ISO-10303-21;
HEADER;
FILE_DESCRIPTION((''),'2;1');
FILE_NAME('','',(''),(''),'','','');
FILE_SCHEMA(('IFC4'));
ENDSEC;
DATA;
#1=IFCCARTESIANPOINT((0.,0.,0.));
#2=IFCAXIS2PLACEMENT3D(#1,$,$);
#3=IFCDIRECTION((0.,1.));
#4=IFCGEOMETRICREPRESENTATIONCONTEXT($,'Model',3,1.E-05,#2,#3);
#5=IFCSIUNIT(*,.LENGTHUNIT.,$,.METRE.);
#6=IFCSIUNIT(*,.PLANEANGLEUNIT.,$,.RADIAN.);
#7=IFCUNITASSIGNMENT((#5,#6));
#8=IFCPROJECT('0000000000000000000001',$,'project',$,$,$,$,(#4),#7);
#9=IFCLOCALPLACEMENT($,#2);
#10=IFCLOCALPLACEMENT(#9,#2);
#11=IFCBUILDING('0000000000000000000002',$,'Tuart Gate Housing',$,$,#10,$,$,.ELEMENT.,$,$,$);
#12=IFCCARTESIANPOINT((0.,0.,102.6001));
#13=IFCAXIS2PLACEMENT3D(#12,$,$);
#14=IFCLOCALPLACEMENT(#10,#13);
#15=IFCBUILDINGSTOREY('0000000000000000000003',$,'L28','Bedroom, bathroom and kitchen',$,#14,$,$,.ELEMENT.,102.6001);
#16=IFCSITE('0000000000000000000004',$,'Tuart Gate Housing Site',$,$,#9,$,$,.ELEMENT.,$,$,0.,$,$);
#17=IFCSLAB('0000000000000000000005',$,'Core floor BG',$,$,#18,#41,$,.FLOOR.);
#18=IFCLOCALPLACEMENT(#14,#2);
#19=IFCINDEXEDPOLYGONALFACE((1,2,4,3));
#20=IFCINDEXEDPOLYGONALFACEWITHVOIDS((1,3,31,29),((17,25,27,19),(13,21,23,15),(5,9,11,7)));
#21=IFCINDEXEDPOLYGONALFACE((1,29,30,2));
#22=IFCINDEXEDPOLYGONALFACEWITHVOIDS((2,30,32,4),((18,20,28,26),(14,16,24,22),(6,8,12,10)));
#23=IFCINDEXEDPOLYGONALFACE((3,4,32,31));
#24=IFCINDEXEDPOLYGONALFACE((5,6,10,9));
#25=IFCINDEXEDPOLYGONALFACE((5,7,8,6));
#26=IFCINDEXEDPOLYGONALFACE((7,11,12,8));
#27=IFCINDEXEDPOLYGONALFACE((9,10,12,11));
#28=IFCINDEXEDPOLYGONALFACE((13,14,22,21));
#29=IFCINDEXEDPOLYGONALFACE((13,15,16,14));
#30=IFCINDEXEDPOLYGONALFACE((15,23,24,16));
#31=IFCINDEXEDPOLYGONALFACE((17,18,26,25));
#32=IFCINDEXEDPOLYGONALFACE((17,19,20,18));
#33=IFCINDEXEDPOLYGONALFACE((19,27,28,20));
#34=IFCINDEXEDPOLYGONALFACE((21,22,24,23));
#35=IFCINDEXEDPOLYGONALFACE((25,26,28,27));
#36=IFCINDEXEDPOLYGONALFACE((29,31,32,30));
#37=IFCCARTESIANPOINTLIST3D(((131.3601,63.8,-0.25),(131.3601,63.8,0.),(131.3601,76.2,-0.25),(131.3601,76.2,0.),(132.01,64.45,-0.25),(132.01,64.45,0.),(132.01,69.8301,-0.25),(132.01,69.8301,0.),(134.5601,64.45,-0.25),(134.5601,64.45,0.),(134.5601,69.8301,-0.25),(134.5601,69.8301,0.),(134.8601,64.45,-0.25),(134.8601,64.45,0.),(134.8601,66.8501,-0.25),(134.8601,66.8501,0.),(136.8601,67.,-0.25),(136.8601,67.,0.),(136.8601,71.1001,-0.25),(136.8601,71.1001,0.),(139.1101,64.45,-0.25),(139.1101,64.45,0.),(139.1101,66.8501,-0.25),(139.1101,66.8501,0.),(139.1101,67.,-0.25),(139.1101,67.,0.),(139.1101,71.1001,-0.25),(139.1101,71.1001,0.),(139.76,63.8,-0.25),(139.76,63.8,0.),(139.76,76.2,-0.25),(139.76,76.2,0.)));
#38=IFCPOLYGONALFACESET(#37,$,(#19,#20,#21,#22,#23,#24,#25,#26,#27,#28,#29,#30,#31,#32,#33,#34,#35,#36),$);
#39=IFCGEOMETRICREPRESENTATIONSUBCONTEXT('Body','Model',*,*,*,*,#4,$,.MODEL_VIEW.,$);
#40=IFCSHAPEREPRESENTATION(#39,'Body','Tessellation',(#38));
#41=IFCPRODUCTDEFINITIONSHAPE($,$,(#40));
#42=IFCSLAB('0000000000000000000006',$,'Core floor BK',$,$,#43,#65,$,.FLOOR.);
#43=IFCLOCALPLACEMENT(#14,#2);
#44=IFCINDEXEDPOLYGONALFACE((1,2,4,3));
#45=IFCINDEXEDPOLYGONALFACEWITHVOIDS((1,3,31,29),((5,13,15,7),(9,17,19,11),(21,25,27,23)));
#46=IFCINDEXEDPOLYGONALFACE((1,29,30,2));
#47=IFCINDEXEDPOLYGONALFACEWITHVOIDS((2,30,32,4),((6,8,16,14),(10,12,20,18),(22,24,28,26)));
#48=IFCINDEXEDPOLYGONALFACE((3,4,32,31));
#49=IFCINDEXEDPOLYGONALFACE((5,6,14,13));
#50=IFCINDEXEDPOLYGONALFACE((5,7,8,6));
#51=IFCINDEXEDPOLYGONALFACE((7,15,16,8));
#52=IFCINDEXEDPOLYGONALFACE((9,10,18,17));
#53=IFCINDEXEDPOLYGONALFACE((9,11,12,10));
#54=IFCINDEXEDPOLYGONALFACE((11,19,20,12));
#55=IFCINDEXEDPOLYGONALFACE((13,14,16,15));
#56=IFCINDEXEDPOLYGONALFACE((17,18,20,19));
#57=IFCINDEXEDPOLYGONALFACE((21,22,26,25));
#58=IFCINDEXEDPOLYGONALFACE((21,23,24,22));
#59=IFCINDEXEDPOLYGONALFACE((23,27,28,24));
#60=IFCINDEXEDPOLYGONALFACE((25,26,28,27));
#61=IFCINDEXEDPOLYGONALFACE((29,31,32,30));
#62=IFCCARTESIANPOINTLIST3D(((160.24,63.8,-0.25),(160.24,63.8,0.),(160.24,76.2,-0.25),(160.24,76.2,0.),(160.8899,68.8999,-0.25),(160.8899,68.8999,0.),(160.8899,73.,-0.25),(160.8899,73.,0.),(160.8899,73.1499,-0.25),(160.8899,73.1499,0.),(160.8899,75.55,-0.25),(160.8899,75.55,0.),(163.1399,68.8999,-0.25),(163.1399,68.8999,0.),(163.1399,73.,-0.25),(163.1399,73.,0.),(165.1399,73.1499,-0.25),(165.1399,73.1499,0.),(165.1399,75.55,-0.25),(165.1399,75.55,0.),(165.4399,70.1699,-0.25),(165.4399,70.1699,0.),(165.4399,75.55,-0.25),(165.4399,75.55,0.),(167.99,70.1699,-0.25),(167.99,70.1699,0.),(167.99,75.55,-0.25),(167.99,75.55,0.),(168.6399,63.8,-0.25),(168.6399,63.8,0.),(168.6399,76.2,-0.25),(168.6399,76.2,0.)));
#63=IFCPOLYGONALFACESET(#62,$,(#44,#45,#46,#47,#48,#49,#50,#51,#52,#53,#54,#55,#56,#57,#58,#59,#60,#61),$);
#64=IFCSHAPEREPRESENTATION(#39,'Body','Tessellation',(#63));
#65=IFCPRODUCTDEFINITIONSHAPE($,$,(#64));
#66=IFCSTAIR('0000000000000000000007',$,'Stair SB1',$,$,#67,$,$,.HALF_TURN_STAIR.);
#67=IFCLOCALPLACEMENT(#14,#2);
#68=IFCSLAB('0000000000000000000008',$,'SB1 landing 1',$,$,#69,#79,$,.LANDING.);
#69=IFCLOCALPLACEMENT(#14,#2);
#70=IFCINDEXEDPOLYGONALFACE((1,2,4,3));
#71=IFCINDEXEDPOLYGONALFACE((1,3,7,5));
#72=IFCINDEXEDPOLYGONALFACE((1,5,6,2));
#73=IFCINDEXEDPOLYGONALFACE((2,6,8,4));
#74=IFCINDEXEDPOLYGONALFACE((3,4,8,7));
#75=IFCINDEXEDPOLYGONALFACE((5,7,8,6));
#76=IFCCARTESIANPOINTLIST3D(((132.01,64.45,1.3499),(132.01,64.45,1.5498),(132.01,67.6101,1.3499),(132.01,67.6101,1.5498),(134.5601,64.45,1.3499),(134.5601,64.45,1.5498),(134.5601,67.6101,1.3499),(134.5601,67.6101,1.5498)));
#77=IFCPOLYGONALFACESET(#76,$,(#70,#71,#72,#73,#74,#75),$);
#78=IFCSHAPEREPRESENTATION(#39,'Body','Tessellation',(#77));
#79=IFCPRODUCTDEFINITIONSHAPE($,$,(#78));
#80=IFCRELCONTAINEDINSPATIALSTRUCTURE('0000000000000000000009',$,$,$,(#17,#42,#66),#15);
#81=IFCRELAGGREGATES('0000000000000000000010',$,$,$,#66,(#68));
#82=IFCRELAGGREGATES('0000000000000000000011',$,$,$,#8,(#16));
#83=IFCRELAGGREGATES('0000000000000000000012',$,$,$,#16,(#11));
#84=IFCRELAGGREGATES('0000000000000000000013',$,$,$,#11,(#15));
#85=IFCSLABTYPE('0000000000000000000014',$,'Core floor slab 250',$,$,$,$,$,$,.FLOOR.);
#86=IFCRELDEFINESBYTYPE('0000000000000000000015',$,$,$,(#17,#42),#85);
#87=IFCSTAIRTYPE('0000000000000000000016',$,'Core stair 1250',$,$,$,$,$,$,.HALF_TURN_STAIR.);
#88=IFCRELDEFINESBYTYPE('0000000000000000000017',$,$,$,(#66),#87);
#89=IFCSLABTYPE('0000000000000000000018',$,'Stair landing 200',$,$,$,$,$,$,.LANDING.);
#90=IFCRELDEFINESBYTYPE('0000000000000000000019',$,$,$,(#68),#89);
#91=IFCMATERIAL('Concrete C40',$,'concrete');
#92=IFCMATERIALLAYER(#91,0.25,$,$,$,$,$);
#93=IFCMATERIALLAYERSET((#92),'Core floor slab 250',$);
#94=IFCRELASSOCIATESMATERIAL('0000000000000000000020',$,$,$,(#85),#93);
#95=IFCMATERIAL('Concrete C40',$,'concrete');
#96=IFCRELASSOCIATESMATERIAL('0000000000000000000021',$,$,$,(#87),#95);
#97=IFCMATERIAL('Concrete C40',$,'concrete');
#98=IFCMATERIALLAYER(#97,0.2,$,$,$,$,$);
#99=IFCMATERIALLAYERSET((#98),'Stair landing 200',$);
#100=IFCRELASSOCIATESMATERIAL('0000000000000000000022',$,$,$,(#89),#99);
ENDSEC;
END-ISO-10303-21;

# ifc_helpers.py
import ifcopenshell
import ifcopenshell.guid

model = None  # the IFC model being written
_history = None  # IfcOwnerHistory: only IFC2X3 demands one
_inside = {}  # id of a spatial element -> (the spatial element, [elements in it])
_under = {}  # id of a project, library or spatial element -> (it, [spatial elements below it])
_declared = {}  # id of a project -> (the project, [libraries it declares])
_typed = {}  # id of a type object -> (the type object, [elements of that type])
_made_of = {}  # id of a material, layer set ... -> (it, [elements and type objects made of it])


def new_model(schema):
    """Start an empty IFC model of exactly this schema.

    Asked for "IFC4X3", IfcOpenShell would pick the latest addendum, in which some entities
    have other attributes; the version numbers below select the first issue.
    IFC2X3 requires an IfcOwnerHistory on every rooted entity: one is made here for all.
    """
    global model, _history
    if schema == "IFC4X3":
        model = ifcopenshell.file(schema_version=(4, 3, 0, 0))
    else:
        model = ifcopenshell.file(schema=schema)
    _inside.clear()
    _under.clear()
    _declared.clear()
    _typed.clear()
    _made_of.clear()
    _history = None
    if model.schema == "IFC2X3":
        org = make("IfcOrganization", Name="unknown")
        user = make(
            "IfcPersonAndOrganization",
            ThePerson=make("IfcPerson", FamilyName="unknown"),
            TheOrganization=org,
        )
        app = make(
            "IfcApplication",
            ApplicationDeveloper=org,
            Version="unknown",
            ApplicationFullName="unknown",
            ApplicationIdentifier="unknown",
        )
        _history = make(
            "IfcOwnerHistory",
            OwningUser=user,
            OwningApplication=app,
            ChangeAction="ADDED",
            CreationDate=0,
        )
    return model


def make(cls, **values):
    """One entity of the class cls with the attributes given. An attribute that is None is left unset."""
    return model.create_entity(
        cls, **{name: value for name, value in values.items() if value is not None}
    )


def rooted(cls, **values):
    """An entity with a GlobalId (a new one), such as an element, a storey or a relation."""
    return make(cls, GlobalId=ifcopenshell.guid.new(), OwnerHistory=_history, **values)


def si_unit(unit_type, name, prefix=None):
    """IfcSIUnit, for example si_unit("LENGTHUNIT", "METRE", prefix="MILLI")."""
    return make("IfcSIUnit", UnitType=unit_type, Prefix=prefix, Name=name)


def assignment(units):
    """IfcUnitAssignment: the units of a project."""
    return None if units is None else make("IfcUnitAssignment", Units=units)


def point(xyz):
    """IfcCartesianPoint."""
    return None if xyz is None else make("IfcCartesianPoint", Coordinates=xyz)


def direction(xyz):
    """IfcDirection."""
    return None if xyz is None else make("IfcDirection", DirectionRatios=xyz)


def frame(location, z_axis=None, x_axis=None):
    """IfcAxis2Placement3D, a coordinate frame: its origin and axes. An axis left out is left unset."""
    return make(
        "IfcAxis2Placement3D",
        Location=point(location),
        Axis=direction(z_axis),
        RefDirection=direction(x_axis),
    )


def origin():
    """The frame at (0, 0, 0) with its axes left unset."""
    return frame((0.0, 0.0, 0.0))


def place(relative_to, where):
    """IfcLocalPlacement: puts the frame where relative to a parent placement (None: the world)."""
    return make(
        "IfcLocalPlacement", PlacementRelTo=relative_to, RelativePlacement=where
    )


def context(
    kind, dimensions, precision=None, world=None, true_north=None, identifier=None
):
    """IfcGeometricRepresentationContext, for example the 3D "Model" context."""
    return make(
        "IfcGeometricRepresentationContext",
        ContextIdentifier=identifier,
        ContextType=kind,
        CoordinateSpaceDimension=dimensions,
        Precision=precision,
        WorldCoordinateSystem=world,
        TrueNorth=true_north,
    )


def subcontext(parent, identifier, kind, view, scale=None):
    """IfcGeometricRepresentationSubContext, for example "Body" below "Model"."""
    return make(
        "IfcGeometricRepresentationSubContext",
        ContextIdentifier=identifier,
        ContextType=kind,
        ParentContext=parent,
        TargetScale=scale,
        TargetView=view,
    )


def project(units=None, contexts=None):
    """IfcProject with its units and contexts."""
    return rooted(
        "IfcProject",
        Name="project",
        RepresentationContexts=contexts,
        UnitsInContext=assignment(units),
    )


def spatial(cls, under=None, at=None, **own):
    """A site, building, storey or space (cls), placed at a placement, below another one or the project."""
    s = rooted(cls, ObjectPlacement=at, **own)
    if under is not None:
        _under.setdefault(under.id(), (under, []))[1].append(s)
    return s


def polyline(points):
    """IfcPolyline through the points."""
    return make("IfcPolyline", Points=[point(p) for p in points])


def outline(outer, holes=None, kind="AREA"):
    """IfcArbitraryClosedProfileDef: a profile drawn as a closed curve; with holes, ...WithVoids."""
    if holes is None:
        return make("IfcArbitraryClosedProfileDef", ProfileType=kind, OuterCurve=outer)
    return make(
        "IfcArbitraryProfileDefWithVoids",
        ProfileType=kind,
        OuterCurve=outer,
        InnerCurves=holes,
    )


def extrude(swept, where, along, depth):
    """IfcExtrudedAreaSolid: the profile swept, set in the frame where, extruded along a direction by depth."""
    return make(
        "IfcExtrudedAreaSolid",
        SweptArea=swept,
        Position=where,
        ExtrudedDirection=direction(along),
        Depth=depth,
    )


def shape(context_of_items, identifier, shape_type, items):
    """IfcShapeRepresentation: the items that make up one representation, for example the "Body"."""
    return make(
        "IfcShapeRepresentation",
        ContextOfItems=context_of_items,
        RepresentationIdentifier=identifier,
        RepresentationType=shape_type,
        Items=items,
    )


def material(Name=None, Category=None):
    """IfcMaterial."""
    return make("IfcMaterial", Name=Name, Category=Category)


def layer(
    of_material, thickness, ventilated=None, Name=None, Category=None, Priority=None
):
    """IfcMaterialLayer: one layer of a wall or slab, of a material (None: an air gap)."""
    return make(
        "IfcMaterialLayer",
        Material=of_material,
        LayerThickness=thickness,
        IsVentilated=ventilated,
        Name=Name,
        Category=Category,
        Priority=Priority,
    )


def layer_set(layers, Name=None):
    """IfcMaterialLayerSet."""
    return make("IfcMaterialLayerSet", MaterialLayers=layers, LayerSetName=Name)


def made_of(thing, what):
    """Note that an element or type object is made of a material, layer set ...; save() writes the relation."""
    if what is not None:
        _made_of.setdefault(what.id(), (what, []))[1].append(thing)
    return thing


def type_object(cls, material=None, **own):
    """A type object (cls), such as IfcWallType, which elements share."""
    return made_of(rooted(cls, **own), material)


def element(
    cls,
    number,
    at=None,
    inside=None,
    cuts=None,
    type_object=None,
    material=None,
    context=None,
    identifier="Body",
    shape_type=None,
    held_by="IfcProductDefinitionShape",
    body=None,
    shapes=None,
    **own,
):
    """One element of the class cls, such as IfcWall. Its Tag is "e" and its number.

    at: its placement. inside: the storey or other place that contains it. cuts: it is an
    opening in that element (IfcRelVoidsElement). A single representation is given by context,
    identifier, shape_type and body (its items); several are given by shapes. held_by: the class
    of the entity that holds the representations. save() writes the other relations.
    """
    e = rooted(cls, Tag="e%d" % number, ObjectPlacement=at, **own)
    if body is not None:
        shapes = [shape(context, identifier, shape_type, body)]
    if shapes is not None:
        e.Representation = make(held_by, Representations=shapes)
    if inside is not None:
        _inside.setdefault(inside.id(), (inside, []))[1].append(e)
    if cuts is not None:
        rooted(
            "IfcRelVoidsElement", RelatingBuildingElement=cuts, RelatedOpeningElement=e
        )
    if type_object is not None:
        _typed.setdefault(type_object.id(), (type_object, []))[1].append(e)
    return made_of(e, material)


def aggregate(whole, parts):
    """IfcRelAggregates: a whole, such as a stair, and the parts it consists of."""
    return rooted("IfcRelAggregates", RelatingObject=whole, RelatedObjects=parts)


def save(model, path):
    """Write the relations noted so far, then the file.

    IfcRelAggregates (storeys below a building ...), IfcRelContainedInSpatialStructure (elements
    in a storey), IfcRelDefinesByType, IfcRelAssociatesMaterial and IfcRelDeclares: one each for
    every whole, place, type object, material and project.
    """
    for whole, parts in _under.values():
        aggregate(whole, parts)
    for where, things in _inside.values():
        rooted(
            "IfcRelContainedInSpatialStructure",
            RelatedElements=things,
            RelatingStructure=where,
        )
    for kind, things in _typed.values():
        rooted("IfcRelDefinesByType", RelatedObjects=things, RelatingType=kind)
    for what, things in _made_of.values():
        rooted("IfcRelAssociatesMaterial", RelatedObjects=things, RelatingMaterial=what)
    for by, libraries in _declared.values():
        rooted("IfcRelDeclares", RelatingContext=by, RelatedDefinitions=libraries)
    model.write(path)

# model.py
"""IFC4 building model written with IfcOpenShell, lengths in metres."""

from ifc_helpers import new_model, si_unit, direction, frame, origin, place, context, subcontext, project, spatial, polyline, outline, extrude, material, layer, layer_set, type_object, element, aggregate, save


model = new_model("IFC4")

# Units and contexts
model_context = context("Model", 3, precision=1e-05, world=origin(), true_north=direction((0.0, 1.0)))
body_context = subcontext(model_context, "Body", "Model", "MODEL_VIEW")
ifc_project = project(units=[si_unit("LENGTHUNIT", "METRE"), si_unit("PLANEANGLEUNIT", "RADIAN")], contexts=[model_context])

# Site, building, storey
site_placement = place(None, origin())
site = spatial("IfcSite", under=ifc_project, at=site_placement, Name="Tuart Gate Housing Site", CompositionType="ELEMENT", RefElevation=0.0)
building_placement = place(site_placement, origin())
building = spatial("IfcBuilding", under=site, at=building_placement, Name="Tuart Gate Housing", CompositionType="ELEMENT")
storey_placement = place(building_placement, frame((0.0, 0.0, 102.6001)))
storey = spatial("IfcBuildingStorey", under=building, at=storey_placement, Name="L28", Description="Bedroom, bathroom and kitchen", CompositionType="ELEMENT", Elevation=102.6001)

# Slabs
ifc_material_1 = material(Name="Concrete C40", Category="concrete")
ifc_layer_1 = layer(ifc_material_1, 0.25)
ifc_layer_set_1 = layer_set([ifc_layer_1], Name="Core floor slab 250")
slab_type_1 = type_object("IfcSlabType", Name="Core floor slab 250", PredefinedType="FLOOR", material=ifc_layer_set_1)
slab_1_placement = place(storey_placement, frame((0.0, 0.0, -0.25)))
element("IfcSlab", 1, at=slab_1_placement, inside=storey, type_object=slab_type_1, Name="Core floor BG", PredefinedType="FLOOR", context=body_context, shape_type="SweptSolid", body=[
    extrude(outline(polyline([(131.3601, 63.8), (139.76, 63.8), (139.76, 76.2), (131.3601, 76.2), (131.3601, 63.8)]), holes=[polyline([(139.1101, 66.8501), (134.8601, 66.8501), (134.8601, 64.45), (139.1101, 64.45), (139.1101, 66.8501)]), polyline([(139.1101, 71.1001), (136.8601, 71.1001), (136.8601, 67.0), (139.1101, 67.0), (139.1101, 71.1001)]), polyline([(134.5601, 69.8301), (132.01, 69.8301), (132.01, 64.45), (134.5601, 64.45), (134.5601, 69.8301)])]), origin(), (0.0, 0.0, 1.0), 0.25),
])
slab_2_placement = place(storey_placement, frame((0.0, 0.0, -0.25)))
element("IfcSlab", 2, at=slab_2_placement, inside=storey, type_object=slab_type_1, Name="Core floor BK", PredefinedType="FLOOR", context=body_context, shape_type="SweptSolid", body=[
    extrude(outline(polyline([(160.24, 63.8), (168.6399, 63.8), (168.6399, 76.2), (160.24, 76.2), (160.24, 63.8)]), holes=[polyline([(160.8899, 73.1499), (165.1399, 73.1499), (165.1399, 75.55), (160.8899, 75.55), (160.8899, 73.1499)]), polyline([(160.8899, 68.8999), (163.1399, 68.8999), (163.1399, 73.0), (160.8899, 73.0), (160.8899, 68.8999)]), polyline([(165.4399, 70.1699), (167.99, 70.1699), (167.99, 75.55), (165.4399, 75.55), (165.4399, 70.1699)])]), origin(), (0.0, 0.0, 1.0), 0.25),
])

# Stair, slab
ifc_material_2 = material(Name="Concrete C40", Category="concrete")
stair_type = type_object("IfcStairType", Name="Core stair 1250", PredefinedType="HALF_TURN_STAIR", material=ifc_material_2)
stair_placement = place(storey_placement, origin())
stair = element("IfcStair", 3, at=stair_placement, inside=storey, type_object=stair_type, Name="Stair SB1", PredefinedType="HALF_TURN_STAIR")
ifc_material_3 = material(Name="Concrete C40", Category="concrete")
ifc_layer_2 = layer(ifc_material_3, 0.2)
ifc_layer_set_2 = layer_set([ifc_layer_2], Name="Stair landing 200")
slab_type_2 = type_object("IfcSlabType", Name="Stair landing 200", PredefinedType="LANDING", material=ifc_layer_set_2)
slab_3_placement = place(storey_placement, frame((0.0, 0.0, 1.3499)))
slab_3 = element("IfcSlab", 4, at=slab_3_placement, type_object=slab_type_2, Name="SB1 landing 1", PredefinedType="LANDING", context=body_context, shape_type="SweptSolid", body=[
    extrude(outline(polyline([(134.5601, 67.6101), (132.01, 67.6101), (132.01, 64.45), (134.5601, 64.45), (134.5601, 67.6101)])), origin(), (0.0, 0.0, 1.0), 0.2),
])
aggregate(stair, [slab_3])

save(model, "model.ifc")
